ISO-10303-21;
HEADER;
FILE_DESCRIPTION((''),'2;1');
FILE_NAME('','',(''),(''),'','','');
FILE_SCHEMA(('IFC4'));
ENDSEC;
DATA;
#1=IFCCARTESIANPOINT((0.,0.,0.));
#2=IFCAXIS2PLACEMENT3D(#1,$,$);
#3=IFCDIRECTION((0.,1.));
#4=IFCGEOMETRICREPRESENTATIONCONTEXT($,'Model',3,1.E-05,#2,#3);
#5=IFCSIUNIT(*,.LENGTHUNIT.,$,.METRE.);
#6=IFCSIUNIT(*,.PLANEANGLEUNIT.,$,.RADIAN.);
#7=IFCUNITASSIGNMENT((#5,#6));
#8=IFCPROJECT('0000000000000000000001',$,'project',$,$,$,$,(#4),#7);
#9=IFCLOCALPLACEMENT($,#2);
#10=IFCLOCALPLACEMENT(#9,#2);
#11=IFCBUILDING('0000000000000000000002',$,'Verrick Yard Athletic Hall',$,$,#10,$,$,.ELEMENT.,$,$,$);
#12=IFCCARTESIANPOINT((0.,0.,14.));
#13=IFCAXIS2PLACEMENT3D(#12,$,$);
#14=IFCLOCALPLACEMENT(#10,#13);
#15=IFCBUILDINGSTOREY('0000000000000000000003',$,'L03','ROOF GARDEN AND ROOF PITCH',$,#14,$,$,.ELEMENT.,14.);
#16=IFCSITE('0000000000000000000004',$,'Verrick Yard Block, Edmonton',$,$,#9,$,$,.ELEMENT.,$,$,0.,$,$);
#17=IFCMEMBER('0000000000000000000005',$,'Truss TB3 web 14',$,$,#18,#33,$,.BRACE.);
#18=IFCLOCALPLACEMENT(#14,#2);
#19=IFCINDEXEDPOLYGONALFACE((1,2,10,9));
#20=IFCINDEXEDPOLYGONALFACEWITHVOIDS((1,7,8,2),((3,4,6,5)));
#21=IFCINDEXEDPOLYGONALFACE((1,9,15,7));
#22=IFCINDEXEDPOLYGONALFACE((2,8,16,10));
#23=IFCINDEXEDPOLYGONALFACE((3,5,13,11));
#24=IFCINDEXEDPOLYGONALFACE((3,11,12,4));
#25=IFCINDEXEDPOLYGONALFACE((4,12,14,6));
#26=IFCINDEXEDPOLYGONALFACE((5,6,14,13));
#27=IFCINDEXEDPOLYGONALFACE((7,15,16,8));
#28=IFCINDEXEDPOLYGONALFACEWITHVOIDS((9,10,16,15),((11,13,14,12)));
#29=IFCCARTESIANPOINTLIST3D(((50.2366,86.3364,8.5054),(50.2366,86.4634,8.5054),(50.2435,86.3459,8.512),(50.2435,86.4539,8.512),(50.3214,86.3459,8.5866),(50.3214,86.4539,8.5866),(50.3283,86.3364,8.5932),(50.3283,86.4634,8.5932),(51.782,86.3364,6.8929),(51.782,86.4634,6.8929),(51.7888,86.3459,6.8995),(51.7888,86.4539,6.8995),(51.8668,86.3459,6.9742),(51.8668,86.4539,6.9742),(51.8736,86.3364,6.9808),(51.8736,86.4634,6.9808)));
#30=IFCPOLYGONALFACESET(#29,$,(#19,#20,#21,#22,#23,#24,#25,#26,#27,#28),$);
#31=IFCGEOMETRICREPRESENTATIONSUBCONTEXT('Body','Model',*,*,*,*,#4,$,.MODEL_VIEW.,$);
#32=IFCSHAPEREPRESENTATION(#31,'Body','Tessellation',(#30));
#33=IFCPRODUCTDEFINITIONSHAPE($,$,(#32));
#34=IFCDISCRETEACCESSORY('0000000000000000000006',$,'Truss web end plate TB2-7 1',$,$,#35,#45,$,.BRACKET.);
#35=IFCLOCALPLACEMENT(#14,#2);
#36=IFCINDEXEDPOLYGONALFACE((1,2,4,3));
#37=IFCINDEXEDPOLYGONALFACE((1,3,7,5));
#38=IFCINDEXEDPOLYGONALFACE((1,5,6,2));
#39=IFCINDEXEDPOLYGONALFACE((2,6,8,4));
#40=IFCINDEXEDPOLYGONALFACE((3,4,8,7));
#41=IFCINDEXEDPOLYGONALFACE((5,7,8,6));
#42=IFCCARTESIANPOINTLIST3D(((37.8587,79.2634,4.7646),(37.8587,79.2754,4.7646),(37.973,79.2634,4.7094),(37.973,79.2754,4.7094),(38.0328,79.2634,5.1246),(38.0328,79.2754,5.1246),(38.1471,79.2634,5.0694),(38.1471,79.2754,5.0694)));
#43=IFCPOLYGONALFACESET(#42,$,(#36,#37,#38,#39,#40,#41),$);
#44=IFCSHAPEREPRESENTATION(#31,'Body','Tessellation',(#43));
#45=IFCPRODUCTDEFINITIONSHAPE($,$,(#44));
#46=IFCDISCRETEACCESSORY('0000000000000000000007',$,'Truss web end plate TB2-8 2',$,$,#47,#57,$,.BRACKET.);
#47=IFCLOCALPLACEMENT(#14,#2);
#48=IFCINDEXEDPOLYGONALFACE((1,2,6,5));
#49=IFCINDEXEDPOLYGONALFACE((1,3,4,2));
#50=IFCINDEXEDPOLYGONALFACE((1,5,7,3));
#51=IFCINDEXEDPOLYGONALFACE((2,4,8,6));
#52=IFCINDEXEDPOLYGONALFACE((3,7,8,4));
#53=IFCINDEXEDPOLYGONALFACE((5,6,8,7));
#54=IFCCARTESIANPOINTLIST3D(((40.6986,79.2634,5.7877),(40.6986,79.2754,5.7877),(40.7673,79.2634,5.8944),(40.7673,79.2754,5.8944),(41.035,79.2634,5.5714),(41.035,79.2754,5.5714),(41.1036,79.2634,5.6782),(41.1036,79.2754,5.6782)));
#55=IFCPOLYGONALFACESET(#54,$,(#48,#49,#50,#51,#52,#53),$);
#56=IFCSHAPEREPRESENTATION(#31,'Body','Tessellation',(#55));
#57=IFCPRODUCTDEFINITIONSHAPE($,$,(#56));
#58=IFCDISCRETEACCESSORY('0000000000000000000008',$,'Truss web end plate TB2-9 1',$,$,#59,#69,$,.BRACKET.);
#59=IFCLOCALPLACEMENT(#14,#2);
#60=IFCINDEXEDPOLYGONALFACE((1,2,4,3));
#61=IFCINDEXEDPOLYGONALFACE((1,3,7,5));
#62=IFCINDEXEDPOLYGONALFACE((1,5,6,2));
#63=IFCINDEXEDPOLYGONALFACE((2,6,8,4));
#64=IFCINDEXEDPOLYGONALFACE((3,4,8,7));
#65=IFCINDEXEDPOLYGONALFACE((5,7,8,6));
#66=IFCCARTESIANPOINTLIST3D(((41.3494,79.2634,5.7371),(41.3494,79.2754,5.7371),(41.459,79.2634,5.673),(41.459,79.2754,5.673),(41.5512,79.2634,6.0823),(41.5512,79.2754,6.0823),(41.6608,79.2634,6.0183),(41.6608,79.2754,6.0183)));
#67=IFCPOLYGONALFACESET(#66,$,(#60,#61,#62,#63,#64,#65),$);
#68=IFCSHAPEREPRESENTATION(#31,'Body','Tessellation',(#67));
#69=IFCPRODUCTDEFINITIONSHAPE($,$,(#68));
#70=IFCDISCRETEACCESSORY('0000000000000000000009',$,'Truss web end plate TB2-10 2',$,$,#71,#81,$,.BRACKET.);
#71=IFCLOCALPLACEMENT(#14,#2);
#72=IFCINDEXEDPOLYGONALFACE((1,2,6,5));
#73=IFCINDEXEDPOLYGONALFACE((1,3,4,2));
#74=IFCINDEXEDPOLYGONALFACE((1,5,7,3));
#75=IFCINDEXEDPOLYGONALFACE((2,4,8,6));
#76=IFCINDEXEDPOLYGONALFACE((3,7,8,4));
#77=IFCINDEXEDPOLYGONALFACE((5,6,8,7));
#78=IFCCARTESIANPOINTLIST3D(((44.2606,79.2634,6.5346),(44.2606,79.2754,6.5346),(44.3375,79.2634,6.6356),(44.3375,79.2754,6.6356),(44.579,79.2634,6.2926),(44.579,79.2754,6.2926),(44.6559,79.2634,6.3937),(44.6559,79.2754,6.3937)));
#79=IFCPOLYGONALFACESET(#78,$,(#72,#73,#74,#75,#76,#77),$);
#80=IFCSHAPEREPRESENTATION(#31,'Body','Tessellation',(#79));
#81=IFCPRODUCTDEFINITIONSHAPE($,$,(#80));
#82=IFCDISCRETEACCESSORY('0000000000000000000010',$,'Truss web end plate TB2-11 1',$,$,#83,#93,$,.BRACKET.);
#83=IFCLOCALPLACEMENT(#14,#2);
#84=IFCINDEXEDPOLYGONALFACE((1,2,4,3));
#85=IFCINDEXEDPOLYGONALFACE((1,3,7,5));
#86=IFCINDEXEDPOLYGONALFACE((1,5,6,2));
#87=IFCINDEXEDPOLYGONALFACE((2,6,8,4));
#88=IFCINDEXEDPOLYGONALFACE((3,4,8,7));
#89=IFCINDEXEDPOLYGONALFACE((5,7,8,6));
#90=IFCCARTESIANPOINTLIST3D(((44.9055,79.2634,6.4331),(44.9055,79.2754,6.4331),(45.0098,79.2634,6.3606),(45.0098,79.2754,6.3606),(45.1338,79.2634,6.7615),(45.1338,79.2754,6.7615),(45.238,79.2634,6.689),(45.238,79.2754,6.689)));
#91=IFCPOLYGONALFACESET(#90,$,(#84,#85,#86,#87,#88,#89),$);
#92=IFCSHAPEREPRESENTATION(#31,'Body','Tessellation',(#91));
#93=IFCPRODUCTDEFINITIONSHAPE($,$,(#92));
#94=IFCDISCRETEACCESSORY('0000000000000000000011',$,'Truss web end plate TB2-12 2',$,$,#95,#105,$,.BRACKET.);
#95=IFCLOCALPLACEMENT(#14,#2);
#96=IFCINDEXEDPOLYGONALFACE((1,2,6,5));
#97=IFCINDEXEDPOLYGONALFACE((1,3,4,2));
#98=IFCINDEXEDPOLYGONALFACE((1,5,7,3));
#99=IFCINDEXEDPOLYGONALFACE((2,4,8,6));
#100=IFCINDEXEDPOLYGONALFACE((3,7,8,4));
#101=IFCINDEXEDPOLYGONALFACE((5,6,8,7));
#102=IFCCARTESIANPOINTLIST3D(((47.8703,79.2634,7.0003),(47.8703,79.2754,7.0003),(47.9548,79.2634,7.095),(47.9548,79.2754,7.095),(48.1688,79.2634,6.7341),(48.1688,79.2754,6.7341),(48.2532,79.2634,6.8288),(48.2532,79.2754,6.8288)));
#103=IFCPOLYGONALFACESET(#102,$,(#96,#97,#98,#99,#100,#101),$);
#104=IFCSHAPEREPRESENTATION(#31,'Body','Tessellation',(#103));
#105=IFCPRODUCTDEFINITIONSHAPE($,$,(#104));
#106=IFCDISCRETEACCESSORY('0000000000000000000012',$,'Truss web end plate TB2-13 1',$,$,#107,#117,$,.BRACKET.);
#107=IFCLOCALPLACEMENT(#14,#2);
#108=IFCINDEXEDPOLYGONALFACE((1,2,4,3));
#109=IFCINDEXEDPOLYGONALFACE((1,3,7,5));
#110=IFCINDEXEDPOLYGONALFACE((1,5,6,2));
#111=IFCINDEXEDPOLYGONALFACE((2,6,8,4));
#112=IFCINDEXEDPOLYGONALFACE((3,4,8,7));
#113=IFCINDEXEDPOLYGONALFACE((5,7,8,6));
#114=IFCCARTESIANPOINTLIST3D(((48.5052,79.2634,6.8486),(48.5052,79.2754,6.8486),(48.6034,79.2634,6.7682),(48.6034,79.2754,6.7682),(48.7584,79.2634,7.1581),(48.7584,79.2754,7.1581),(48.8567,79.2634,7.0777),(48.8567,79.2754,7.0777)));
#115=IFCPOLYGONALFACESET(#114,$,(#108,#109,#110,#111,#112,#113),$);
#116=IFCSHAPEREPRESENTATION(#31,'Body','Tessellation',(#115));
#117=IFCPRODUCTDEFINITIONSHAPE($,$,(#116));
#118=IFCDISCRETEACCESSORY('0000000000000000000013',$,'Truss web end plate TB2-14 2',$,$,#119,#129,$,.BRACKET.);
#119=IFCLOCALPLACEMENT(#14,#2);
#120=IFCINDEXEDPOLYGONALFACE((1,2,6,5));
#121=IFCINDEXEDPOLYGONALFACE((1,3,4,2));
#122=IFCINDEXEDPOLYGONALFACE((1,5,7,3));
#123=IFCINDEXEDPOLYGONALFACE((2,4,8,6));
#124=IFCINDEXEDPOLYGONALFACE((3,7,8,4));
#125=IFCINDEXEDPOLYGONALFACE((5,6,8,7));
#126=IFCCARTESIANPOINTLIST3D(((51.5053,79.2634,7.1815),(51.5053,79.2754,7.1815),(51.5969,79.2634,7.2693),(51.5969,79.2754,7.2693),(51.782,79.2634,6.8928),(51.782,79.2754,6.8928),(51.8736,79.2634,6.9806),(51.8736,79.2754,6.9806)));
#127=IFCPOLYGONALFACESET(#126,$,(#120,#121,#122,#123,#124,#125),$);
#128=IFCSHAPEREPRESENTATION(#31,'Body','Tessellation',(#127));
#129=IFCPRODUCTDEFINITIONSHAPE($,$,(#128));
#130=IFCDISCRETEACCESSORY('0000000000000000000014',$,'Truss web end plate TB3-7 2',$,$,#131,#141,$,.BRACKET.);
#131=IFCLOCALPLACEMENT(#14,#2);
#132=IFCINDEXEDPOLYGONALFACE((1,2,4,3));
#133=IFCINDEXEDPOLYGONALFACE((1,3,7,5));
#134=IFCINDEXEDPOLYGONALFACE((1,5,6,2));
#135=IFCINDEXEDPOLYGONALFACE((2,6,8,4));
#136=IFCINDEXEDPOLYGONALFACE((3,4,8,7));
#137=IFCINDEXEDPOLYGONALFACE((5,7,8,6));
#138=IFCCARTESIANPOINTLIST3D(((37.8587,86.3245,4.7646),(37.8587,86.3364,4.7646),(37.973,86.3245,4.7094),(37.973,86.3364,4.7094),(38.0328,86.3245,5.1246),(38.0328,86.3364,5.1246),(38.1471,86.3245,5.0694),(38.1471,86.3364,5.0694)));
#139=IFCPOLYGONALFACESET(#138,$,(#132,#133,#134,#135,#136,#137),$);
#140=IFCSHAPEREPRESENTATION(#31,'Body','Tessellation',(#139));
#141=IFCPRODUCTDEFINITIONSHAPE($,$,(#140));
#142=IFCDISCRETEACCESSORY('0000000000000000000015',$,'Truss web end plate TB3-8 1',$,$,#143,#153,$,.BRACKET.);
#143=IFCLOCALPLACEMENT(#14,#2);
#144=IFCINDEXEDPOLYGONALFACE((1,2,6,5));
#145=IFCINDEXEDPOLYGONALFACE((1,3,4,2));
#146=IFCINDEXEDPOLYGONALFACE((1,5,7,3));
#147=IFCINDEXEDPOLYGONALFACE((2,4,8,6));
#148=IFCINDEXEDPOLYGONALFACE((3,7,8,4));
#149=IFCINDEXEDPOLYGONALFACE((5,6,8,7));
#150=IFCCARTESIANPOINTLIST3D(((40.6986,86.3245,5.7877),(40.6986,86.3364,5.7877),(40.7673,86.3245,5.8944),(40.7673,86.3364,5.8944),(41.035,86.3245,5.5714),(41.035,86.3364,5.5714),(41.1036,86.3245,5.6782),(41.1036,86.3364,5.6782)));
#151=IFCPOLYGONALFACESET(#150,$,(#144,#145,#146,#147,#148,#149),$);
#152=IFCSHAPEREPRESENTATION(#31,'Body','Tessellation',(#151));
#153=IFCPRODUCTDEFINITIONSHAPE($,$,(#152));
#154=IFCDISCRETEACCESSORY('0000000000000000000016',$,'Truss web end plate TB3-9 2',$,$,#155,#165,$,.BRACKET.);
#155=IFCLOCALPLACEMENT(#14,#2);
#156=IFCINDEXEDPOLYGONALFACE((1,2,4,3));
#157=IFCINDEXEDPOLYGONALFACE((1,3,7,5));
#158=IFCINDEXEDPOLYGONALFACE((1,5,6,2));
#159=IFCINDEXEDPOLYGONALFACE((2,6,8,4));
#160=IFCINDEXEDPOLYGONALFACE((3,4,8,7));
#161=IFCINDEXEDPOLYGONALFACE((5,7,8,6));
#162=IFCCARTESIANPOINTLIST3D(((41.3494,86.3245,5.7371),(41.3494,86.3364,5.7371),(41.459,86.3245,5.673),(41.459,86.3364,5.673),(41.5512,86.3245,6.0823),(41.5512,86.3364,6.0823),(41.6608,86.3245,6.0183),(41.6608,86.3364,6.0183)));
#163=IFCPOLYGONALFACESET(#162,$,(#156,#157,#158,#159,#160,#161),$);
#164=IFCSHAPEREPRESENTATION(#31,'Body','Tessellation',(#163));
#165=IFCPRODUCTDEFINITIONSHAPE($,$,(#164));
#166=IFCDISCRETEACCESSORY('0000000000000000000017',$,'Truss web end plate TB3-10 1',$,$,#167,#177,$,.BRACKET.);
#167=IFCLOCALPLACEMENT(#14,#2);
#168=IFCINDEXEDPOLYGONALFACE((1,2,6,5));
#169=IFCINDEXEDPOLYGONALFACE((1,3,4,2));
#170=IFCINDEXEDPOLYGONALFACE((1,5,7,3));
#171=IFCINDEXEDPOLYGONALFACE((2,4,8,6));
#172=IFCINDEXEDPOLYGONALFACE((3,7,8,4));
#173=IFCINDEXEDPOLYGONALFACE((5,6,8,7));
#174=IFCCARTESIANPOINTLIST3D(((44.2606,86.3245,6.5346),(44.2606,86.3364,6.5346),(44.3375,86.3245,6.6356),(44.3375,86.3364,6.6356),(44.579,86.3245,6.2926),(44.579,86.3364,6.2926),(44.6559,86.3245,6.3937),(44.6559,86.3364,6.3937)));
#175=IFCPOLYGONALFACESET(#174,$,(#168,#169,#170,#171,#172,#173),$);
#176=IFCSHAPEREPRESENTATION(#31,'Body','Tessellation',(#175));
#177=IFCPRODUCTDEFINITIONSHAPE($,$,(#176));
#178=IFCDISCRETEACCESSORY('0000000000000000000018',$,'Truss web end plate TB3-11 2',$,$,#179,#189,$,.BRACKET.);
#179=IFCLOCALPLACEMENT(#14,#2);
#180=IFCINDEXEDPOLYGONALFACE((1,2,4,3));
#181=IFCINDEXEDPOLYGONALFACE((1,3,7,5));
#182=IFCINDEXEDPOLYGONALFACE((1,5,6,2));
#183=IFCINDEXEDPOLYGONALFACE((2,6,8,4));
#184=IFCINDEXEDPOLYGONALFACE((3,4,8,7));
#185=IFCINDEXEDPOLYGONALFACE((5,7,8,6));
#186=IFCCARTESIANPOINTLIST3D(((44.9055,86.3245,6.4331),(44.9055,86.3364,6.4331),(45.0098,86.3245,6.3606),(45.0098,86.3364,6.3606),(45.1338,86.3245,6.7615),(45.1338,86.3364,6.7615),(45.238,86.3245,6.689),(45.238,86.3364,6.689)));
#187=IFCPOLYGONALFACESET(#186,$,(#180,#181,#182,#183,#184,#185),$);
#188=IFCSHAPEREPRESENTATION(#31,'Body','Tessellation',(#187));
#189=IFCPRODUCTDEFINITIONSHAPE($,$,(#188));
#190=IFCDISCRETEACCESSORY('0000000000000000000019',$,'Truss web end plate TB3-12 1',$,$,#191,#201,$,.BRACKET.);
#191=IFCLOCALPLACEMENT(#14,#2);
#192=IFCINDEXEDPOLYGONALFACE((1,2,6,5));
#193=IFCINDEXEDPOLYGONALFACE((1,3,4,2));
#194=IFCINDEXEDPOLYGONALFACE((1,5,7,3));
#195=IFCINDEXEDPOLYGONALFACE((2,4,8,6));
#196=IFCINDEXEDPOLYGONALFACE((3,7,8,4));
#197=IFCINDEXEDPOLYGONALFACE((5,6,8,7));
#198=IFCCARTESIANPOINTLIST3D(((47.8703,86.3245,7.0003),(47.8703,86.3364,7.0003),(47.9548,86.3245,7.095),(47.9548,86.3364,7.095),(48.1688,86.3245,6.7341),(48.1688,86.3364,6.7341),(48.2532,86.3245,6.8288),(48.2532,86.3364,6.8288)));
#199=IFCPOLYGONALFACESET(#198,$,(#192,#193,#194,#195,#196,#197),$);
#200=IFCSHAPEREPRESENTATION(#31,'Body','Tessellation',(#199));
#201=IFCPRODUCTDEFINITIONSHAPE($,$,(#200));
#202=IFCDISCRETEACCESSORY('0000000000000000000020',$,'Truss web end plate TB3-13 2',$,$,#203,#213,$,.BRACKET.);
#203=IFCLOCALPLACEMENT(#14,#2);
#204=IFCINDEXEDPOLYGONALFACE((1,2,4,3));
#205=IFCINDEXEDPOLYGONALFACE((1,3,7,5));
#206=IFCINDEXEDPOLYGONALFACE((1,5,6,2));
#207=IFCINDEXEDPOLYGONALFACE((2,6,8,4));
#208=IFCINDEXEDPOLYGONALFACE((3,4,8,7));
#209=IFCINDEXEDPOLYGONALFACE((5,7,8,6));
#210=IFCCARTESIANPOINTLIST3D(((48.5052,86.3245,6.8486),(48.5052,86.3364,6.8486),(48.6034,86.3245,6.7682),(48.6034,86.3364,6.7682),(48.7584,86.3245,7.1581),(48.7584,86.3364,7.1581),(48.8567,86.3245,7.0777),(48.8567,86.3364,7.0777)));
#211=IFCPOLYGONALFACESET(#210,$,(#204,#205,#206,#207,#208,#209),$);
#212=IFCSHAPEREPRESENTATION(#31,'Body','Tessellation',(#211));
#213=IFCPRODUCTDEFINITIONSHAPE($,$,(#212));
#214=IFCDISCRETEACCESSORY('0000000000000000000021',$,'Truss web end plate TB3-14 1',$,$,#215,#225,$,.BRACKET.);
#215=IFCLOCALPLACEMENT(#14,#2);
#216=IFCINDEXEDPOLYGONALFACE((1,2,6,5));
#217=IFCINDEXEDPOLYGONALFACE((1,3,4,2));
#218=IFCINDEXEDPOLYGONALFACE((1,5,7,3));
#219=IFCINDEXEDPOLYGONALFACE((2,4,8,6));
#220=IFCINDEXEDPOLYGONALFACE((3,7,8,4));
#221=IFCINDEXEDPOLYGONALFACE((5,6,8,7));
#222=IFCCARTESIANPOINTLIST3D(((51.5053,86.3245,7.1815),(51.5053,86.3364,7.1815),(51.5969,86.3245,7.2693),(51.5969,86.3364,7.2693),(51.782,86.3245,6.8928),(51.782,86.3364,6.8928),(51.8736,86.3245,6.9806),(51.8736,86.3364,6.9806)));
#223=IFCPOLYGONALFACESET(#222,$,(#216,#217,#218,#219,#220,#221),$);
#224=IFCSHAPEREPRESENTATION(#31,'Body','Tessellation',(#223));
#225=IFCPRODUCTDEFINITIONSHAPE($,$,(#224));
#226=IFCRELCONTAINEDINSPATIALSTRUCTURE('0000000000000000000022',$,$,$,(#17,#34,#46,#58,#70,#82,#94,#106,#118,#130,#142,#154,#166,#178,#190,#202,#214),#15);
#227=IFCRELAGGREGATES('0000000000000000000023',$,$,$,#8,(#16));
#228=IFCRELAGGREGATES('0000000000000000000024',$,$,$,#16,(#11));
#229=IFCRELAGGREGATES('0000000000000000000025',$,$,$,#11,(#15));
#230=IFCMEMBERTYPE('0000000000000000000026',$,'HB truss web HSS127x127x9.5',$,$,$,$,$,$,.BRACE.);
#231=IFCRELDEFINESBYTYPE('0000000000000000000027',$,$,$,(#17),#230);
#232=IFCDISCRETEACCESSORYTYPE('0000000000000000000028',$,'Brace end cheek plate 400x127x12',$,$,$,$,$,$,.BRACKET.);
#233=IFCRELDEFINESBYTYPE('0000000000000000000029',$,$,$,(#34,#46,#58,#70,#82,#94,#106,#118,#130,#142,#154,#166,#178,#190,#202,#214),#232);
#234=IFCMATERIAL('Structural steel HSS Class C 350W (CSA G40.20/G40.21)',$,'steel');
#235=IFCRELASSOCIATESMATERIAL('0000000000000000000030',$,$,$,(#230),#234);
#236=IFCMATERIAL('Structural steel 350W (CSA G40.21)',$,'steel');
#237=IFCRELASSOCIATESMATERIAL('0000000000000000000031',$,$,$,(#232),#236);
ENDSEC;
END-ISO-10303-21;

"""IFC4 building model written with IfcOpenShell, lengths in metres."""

from ifc_helpers import new_model, si_unit, direction, frame, origin, origin_2d, place, context, subcontext, project, spatial, rectangle, hollow_rectangle, extrude, material, material_profile, profile_set, type_object, element, save


model = new_model("IFC4")

# Units and contexts
model_context = context("Model", 3, precision=1e-05, world=origin(), true_north=direction((0.0, 1.0)))
body_context = subcontext(model_context, "Body", "Model", "MODEL_VIEW")
ifc_project = project(units=[si_unit("LENGTHUNIT", "METRE"), si_unit("PLANEANGLEUNIT", "RADIAN")], contexts=[model_context])

# Site, building, storey
site_placement = place(None, origin())
site = spatial("IfcSite", under=ifc_project, at=site_placement, Name="Verrick Yard Block, Edmonton", CompositionType="ELEMENT", RefElevation=0.0)
building_placement = place(site_placement, origin())
building = spatial("IfcBuilding", under=site, at=building_placement, Name="Verrick Yard Athletic Hall", CompositionType="ELEMENT")
storey_placement = place(building_placement, frame((0.0, 0.0, 14.0)))
storey = spatial("IfcBuildingStorey", under=building, at=storey_placement, Name="L03", Description="ROOF GARDEN AND ROOF PITCH", CompositionType="ELEMENT", Elevation=14.0)

# Member
ifc_material_1 = material(Name="Structural steel HSS Class C 350W (CSA G40.20/G40.21)", Category="steel")
ifc_material_profile_1 = material_profile(ifc_material_1, hollow_rectangle(XDim=0.127, YDim=0.127, WallThickness=0.0095, at=origin_2d()), Name="HSS127x127x9.5")
ifc_profile_set_1 = profile_set([ifc_material_profile_1], Name="Structural steel HSS Class C 350W (CSA G40.20/G40.21)")
member_type_1 = type_object("IfcMemberType", Name="HB truss web HSS127x127x9.5", PredefinedType="BRACE", material=ifc_profile_set_1)
member_1_placement = place(storey_placement, frame((50.2825, 86.3999, 8.5493), z_axis=(0.691917, 0.0, -0.721977), x_axis=(0.0, 1.0, 0.0)))
element("IfcMember", 1, at=member_1_placement, inside=storey, type_object=member_type_1, Name="Truss TB3 web 14", PredefinedType="BRACE", context=body_context, shape_type="SweptSolid", body=[
    extrude(hollow_rectangle(XDim=0.127, YDim=0.127, WallThickness=0.0095, at=origin_2d()), origin(), (0.0, 0.0, 1.0), 2.2334),
])

# Discrete accessories
ifc_material_2 = material(Name="Structural steel 350W (CSA G40.21)", Category="steel")
ifc_material_profile_2 = material_profile(ifc_material_2, rectangle(XDim=0.3999, YDim=0.127, at=origin_2d()), Name="Brace end cheek plate")
ifc_profile_set_2 = profile_set([ifc_material_profile_2], Name="Structural steel 350W (CSA G40.21)")
discrete_accessory_type = type_object("IfcDiscreteAccessoryType", Name="Brace end cheek plate 400x127x12", PredefinedType="BRACKET", material=ifc_profile_set_2)
for number, where, z_axis, x_axis, name in (
    (2, (38.0029, 79.2634, 4.917), (0.0, 1.0, 0.0), (0.435417, 0.0, 0.900229), "Truss web end plate TB2-7 1"),
    (3, (40.9011, 79.2634, 5.7329), (0.0, 1.0, 0.0), (-0.841141, 0.0, 0.540816), "Truss web end plate TB2-8 2"),
    (4, (41.5051, 79.2634, 5.8777), (0.0, 1.0, 0.0), (0.504597, 0.0, 0.863355), "Truss web end plate TB2-9 1"),
    (5, (44.4583, 79.2634, 6.4641), (0.0, 1.0, 0.0), (-0.796193, 0.0, 0.605042), "Truss web end plate TB2-10 2"),
    (6, (45.0718, 79.2634, 6.561), (0.0, 1.0, 0.0), (0.570674, 0.0, 0.821176), "Truss web end plate TB2-11 1"),
    (7, (48.0618, 79.2634, 6.9146), (0.0, 1.0, 0.0), (-0.746352, 0.0, 0.665551), "Truss web end plate TB2-12 2"),
    (8, (48.6809, 79.2634, 6.9631), (0.0, 1.0, 0.0), (0.633246, 0.0, 0.773951), "Truss web end plate TB2-13 1"),
    (9, (51.6895, 79.2634, 7.0811), (0.0, 1.0, 0.0), (-0.691925, 0.0, 0.721969), "Truss web end plate TB2-14 2"),
    (10, (38.0029, 86.3364, 4.917), (0.0, -1.0, 0.0), (0.435417, 0.0, 0.900229), "Truss web end plate TB3-7 2"),
    (11, (40.9011, 86.3364, 5.7329), (0.0, -1.0, 0.0), (-0.841141, 0.0, 0.540816), "Truss web end plate TB3-8 1"),
    (12, (41.5051, 86.3364, 5.8777), (0.0, -1.0, 0.0), (0.504597, 0.0, 0.863355), "Truss web end plate TB3-9 2"),
    (13, (44.4583, 86.3364, 6.4641), (0.0, -1.0, 0.0), (-0.796193, 0.0, 0.605042), "Truss web end plate TB3-10 1"),
    (14, (45.0718, 86.3364, 6.561), (0.0, -1.0, 0.0), (0.570674, 0.0, 0.821176), "Truss web end plate TB3-11 2"),
    (15, (48.0618, 86.3364, 6.9146), (0.0, -1.0, 0.0), (-0.746352, 0.0, 0.665551), "Truss web end plate TB3-12 1"),
    (16, (48.6809, 86.3364, 6.9631), (0.0, -1.0, 0.0), (0.633246, 0.0, 0.773951), "Truss web end plate TB3-13 2"),
    (17, (51.6895, 86.3364, 7.0811), (0.0, -1.0, 0.0), (-0.691925, 0.0, 0.721969), "Truss web end plate TB3-14 1"),
):
    element("IfcDiscreteAccessory", number, at=place(storey_placement, frame(where, z_axis=z_axis, x_axis=x_axis)), inside=storey, type_object=discrete_accessory_type, Name=name, PredefinedType="BRACKET", context=body_context, shape_type="SweptSolid", body=[
        extrude(rectangle(XDim=0.3999, YDim=0.127, at=origin_2d()), origin(), (0.0, 0.0, 1.0), 0.012),
    ])

save(model, "model.ifc")
